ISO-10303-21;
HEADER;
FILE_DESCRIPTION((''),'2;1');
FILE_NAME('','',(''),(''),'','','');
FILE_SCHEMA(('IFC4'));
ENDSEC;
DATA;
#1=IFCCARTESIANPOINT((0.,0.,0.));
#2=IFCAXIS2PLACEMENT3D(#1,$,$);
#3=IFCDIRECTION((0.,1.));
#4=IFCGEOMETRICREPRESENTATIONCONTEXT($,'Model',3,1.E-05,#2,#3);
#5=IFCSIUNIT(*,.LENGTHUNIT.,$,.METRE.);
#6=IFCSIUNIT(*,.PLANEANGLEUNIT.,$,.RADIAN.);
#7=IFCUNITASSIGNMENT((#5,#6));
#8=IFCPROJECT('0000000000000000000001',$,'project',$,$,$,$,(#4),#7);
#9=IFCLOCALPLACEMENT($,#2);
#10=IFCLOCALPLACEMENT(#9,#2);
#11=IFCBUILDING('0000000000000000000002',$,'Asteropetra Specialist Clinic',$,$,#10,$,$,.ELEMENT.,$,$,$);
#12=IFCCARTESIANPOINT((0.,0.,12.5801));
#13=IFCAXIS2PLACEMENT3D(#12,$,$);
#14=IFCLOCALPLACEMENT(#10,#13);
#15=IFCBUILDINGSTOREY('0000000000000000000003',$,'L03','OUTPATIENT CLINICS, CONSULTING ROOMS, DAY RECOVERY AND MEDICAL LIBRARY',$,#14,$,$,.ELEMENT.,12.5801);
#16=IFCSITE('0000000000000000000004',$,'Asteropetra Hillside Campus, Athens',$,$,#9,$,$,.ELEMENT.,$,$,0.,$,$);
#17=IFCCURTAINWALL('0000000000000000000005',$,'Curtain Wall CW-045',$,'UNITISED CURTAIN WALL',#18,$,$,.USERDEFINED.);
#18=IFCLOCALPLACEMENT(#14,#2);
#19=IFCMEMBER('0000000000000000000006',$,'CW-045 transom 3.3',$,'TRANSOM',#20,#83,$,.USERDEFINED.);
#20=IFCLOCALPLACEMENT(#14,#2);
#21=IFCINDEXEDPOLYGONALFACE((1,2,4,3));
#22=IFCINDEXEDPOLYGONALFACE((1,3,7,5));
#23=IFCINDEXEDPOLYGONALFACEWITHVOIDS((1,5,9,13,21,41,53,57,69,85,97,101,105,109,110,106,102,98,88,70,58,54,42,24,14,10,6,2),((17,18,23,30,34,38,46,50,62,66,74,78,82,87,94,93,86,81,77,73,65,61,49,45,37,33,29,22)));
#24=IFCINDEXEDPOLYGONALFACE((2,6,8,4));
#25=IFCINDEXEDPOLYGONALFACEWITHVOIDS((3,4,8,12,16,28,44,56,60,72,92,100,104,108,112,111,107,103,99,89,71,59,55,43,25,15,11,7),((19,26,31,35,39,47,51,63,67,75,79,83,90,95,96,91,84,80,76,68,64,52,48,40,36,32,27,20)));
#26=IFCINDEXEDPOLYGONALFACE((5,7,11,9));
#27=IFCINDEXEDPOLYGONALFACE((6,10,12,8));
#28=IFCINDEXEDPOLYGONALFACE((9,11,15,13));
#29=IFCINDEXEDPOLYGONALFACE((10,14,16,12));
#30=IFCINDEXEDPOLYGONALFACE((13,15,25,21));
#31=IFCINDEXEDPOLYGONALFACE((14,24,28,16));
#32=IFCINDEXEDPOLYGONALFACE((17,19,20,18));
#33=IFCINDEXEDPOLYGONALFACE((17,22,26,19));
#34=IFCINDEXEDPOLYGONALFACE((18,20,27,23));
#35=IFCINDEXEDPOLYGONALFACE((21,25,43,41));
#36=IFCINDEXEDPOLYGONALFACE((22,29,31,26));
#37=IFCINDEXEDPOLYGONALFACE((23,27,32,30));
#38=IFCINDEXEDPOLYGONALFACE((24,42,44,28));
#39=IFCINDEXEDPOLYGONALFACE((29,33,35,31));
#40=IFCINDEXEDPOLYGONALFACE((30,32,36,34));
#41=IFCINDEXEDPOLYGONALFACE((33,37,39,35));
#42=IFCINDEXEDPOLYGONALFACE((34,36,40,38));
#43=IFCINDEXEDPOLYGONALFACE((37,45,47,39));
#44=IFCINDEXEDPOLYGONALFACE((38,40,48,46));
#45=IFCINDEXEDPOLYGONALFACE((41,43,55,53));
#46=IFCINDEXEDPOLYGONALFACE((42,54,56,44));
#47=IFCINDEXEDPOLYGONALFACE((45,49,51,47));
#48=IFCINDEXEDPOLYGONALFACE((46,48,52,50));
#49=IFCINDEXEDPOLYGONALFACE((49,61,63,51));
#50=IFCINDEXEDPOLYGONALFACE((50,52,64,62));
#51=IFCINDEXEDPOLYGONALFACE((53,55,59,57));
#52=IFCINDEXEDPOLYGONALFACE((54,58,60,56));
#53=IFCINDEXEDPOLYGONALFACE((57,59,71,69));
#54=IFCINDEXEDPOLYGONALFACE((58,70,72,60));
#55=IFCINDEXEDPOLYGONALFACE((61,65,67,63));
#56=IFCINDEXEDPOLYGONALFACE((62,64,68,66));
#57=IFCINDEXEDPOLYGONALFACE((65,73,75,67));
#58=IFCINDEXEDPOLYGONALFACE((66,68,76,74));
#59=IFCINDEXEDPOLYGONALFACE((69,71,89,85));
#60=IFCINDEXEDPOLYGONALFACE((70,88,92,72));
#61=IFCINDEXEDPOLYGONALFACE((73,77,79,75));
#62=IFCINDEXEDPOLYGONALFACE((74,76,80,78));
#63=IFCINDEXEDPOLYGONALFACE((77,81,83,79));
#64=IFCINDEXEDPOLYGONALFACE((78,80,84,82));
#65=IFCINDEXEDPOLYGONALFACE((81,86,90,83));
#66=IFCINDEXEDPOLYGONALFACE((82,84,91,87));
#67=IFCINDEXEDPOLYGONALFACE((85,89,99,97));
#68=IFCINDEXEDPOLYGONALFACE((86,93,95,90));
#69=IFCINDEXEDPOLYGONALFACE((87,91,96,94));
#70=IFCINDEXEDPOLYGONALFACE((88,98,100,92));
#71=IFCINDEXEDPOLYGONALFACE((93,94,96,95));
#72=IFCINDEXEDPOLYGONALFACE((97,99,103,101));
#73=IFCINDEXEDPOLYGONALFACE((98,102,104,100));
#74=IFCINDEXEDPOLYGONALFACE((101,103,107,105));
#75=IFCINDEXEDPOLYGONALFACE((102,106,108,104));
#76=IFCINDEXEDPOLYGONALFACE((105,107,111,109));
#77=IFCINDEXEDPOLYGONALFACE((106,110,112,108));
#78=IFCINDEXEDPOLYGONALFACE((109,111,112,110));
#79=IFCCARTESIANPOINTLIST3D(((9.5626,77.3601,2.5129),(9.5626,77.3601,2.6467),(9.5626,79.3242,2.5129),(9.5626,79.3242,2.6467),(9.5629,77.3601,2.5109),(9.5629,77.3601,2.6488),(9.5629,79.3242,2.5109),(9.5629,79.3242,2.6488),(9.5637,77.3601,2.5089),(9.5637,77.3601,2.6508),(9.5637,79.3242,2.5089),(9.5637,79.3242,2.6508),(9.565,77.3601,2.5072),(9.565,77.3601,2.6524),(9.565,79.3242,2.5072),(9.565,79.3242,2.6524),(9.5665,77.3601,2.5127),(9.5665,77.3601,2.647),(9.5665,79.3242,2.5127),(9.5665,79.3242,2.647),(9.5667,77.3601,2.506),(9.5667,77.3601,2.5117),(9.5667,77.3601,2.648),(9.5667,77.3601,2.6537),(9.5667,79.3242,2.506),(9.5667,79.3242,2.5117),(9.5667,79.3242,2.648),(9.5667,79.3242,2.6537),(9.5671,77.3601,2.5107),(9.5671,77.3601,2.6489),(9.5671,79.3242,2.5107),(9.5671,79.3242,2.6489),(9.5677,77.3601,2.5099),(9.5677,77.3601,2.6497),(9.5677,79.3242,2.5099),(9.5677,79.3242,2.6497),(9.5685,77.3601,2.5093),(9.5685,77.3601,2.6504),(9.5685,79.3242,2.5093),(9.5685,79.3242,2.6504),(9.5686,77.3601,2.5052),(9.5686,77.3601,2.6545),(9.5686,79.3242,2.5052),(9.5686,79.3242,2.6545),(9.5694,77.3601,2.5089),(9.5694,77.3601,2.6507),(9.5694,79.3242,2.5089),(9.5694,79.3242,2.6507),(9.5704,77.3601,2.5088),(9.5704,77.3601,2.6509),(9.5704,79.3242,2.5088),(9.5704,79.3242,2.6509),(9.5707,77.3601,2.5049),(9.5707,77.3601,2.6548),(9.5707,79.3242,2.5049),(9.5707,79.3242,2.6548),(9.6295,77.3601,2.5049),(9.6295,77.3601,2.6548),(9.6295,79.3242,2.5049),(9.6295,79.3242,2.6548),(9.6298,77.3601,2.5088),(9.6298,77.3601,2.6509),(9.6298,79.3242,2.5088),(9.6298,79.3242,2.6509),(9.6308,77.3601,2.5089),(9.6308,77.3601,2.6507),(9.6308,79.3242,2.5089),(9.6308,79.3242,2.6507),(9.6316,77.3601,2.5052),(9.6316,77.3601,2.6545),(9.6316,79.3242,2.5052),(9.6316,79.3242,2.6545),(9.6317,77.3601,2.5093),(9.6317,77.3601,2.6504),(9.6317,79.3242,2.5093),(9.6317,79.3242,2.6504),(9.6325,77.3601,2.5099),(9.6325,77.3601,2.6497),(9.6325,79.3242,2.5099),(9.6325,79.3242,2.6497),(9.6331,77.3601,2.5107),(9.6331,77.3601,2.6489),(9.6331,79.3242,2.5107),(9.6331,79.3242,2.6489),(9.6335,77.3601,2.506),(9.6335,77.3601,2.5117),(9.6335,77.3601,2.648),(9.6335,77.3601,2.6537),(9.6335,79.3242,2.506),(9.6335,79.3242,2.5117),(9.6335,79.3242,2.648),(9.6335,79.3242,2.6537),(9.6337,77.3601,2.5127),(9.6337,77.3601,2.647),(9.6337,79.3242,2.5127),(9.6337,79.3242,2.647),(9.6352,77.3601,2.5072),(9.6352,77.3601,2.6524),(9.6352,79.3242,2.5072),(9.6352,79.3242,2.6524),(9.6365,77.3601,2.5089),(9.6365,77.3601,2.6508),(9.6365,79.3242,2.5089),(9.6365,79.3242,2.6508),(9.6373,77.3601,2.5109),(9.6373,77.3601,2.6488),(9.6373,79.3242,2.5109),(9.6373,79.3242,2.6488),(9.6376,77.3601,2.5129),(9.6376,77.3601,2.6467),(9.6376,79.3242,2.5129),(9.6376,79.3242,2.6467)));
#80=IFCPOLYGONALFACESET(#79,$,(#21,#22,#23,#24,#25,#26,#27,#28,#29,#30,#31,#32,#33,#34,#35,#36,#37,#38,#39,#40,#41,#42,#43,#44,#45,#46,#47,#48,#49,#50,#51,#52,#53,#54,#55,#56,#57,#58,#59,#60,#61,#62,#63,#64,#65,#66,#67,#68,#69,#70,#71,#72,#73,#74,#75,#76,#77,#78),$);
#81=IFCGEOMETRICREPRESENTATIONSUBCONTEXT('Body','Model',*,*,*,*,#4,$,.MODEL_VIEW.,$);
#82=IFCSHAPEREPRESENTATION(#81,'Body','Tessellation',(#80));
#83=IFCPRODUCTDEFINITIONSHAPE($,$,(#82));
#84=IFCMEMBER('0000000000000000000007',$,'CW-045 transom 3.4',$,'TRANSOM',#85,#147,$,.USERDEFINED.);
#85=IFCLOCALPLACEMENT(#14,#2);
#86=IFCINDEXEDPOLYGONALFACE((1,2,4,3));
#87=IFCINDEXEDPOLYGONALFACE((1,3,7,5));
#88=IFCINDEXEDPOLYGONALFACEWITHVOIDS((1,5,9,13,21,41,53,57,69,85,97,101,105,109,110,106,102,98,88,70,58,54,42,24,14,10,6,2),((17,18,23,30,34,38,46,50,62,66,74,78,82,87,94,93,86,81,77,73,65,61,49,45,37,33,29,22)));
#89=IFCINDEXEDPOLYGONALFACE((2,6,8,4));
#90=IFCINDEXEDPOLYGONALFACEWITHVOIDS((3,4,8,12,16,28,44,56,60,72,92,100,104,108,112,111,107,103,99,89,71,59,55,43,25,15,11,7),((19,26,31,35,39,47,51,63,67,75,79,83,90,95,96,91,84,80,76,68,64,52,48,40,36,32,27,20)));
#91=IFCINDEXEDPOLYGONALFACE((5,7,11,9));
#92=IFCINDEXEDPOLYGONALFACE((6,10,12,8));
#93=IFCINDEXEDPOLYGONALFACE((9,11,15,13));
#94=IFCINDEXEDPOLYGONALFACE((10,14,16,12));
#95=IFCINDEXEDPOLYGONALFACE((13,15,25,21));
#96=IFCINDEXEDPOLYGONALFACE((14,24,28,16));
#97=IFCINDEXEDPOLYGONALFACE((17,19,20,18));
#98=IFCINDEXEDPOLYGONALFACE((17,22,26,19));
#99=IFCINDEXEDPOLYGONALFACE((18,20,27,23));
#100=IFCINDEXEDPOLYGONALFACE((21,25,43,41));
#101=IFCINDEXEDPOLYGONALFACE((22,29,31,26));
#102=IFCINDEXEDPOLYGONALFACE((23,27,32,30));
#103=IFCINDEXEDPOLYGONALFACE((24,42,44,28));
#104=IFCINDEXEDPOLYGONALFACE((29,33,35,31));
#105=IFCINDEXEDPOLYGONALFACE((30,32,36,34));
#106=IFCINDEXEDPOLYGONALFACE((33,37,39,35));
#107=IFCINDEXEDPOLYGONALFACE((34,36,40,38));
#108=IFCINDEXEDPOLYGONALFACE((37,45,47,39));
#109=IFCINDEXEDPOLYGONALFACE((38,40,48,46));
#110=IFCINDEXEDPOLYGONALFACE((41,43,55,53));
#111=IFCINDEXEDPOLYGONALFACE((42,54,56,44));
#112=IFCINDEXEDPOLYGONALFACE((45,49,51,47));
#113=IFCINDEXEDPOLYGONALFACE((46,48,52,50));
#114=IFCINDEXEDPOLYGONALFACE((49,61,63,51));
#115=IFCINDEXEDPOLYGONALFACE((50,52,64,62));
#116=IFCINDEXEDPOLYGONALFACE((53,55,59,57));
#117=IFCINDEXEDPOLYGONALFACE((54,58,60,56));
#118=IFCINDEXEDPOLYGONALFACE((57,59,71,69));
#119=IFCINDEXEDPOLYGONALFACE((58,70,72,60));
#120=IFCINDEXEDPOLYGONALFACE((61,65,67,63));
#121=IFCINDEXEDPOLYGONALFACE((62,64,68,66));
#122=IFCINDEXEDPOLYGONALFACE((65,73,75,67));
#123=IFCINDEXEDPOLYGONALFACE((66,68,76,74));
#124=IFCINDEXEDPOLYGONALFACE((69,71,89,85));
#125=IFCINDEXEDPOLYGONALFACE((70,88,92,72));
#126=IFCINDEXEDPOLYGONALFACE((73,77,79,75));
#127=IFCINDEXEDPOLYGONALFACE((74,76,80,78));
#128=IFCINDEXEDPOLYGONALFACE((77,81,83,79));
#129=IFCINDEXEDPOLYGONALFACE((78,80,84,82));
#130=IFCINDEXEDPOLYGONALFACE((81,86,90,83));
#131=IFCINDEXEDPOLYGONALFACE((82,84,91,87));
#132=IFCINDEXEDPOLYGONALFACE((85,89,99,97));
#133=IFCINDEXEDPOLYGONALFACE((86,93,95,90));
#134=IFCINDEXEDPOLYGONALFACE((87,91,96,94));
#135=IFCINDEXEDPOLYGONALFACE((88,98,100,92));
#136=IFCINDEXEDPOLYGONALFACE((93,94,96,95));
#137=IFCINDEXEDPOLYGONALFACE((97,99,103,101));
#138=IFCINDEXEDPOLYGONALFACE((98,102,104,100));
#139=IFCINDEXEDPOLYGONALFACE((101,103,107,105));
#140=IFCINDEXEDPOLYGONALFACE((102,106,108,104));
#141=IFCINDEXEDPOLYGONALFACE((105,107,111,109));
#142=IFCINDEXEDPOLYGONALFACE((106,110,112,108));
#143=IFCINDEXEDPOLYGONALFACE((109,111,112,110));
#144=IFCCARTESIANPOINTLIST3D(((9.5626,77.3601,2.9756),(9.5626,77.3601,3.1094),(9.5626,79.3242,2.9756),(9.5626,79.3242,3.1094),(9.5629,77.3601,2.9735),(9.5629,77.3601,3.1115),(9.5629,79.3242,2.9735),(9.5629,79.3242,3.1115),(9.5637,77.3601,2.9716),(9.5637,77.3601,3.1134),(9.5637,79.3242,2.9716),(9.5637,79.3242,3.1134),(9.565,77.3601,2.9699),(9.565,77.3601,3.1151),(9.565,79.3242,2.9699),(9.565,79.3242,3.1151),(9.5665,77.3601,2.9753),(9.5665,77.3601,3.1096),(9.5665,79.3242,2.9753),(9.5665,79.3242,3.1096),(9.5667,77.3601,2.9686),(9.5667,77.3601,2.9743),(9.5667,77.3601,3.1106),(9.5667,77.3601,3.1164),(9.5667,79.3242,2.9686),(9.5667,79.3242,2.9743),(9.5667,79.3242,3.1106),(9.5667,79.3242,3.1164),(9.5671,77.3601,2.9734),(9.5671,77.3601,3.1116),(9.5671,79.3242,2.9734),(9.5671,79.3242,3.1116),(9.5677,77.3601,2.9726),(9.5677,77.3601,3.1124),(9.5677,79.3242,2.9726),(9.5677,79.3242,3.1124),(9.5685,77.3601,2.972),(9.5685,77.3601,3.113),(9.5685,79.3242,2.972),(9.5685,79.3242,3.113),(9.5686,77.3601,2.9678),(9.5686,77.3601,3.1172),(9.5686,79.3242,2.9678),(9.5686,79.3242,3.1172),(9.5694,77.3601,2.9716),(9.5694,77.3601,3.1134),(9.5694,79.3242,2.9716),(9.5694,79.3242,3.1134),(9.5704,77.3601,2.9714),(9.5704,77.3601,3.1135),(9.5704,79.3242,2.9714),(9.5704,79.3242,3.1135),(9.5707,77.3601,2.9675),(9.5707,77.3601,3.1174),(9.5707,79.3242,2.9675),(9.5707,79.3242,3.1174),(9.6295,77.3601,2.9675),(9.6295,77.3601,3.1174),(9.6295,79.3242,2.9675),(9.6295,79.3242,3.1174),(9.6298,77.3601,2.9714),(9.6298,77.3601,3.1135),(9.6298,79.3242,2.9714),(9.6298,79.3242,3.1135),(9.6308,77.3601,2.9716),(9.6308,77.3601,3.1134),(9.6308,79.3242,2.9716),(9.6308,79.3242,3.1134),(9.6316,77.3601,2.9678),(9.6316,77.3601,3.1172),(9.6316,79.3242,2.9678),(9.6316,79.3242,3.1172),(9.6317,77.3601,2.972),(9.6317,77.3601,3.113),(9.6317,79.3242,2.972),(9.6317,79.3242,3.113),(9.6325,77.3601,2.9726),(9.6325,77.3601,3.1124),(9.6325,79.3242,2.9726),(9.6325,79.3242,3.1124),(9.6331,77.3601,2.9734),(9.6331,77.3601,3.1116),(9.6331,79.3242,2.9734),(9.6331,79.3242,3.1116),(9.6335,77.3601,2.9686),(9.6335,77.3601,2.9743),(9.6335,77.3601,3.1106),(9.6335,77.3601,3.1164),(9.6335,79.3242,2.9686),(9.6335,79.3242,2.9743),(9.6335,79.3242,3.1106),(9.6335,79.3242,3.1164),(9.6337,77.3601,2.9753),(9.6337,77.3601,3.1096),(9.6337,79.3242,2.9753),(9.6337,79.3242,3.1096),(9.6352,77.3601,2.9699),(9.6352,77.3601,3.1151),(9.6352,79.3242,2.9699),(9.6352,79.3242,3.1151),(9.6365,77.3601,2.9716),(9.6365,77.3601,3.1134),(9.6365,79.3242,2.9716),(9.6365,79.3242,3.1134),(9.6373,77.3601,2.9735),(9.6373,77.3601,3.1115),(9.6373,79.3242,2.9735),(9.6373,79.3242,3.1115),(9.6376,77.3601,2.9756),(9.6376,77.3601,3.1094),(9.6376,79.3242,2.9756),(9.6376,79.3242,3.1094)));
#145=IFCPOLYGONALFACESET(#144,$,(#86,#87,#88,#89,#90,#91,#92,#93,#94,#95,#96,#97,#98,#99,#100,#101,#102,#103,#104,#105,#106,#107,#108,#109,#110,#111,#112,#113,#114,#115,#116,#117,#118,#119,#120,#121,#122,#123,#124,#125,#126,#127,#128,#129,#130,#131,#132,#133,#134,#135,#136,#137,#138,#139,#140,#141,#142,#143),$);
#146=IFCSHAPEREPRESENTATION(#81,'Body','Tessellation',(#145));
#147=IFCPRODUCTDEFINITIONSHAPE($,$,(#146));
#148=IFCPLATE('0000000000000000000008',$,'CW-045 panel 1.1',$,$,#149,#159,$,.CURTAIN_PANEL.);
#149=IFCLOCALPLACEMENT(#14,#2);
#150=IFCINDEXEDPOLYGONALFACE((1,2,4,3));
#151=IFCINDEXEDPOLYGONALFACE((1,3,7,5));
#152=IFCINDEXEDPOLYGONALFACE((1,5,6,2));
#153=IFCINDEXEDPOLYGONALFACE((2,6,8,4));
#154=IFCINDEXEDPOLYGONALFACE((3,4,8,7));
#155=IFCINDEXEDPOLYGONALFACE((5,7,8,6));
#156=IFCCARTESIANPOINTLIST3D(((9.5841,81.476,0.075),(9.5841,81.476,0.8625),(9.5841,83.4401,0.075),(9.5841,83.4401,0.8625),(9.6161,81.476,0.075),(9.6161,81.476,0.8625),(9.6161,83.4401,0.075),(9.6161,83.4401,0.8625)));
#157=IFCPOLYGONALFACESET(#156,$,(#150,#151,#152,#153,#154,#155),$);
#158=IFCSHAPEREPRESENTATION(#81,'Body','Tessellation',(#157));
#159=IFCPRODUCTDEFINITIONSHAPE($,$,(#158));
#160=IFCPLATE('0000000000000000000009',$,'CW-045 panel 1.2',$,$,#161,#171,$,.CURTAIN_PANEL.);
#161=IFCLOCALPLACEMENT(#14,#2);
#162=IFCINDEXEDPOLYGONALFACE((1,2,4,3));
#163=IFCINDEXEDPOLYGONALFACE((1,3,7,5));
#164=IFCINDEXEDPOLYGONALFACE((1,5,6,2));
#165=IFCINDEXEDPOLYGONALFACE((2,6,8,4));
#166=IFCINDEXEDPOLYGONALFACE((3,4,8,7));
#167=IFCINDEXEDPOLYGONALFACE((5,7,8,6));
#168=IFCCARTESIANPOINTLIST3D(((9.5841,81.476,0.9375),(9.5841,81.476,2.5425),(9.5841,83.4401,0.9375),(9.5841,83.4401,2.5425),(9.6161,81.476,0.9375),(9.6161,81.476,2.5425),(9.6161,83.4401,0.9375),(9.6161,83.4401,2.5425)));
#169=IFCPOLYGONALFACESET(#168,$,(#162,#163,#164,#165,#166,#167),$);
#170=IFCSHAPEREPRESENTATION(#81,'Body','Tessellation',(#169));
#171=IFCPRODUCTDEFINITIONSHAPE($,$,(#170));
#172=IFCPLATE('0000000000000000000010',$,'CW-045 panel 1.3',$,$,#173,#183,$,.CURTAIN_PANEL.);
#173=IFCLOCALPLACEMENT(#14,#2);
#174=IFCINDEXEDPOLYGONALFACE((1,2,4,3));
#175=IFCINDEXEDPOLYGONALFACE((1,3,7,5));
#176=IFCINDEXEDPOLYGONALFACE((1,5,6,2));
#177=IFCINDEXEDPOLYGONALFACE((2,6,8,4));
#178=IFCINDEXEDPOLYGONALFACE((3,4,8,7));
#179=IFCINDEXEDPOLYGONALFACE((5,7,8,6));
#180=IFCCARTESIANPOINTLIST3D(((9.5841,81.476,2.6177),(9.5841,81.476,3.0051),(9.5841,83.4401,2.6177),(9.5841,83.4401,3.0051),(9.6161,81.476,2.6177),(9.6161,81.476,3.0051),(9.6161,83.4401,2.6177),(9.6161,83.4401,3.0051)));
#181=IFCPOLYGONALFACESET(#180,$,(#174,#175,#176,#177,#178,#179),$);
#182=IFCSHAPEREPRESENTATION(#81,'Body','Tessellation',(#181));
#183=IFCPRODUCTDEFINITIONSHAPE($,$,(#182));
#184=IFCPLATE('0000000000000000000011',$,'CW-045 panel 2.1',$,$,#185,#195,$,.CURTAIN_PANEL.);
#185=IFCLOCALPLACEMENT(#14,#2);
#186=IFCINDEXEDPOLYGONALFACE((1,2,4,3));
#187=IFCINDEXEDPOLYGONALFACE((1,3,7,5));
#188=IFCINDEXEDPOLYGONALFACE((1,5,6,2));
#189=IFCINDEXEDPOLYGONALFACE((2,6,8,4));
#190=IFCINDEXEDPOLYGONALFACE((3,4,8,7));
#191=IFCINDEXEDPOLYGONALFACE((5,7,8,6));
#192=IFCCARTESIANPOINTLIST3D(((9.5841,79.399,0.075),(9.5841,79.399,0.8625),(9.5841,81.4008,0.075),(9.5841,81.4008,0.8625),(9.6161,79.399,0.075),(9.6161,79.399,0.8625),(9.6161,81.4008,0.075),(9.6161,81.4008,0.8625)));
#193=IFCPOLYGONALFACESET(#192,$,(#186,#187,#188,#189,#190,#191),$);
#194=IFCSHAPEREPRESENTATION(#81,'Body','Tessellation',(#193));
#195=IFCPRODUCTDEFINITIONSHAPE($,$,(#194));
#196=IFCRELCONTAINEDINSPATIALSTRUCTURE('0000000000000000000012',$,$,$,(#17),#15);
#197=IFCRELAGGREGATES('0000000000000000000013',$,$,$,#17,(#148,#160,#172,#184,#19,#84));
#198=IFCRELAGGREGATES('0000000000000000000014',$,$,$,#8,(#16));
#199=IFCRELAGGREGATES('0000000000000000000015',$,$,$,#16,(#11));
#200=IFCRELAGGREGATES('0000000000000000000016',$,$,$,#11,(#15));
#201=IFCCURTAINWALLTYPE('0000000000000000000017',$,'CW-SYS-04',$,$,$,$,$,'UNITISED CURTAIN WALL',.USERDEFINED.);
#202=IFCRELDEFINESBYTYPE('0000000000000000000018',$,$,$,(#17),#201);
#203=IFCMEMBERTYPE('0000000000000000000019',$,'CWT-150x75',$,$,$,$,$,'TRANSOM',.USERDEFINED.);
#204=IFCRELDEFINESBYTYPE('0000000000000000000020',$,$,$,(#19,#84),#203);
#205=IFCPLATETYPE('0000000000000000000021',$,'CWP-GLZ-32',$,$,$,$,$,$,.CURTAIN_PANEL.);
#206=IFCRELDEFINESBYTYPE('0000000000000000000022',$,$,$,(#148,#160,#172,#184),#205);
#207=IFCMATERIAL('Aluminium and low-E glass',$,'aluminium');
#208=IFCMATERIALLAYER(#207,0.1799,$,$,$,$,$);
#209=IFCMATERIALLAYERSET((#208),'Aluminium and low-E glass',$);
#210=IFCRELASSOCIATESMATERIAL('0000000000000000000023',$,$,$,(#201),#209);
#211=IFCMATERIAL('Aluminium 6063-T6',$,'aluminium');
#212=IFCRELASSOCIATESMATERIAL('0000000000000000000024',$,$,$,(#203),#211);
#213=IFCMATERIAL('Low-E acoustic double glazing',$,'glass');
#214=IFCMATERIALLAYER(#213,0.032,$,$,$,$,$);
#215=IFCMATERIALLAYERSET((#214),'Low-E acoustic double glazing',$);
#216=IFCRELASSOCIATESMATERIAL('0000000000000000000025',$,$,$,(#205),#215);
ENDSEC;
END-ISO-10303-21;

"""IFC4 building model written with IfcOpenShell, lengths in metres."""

from ifc_helpers import new_model, si_unit, direction, frame, origin, origin_2d, place, context, subcontext, project, spatial, rectangle, hollow_rectangle, extrude, material, layer, layer_set, material_profile, profile_set, type_object, element, aggregate, save


model = new_model("IFC4")

# Units and contexts
model_context = context("Model", 3, precision=1e-05, world=origin(), true_north=direction((0.0, 1.0)))
body_context = subcontext(model_context, "Body", "Model", "MODEL_VIEW")
ifc_project = project(units=[si_unit("LENGTHUNIT", "METRE"), si_unit("PLANEANGLEUNIT", "RADIAN")], contexts=[model_context])

# Site, building, storey
site_placement = place(None, origin())
site = spatial("IfcSite", under=ifc_project, at=site_placement, Name="Asteropetra Hillside Campus, Athens", CompositionType="ELEMENT", RefElevation=0.0)
building_placement = place(site_placement, origin())
building = spatial("IfcBuilding", under=site, at=building_placement, Name="Asteropetra Specialist Clinic", CompositionType="ELEMENT")
storey_placement = place(building_placement, frame((0.0, 0.0, 12.5801)))
storey = spatial("IfcBuildingStorey", under=building, at=storey_placement, Name="L03", Description="OUTPATIENT CLINICS, CONSULTING ROOMS, DAY RECOVERY AND MEDICAL LIBRARY", CompositionType="ELEMENT", Elevation=12.5801)

# Curtain wall, members, plates
ifc_material_1 = material(Name="Aluminium and low-E glass", Category="aluminium")
ifc_layer_1 = layer(ifc_material_1, 0.1799)
ifc_layer_set_1 = layer_set([ifc_layer_1], Name="Aluminium and low-E glass")
curtain_wall_type = type_object("IfcCurtainWallType", Name="CW-SYS-04", ElementType="UNITISED CURTAIN WALL", PredefinedType="USERDEFINED", material=ifc_layer_set_1)
curtain_wall_placement = place(storey_placement, origin())
curtain_wall = element("IfcCurtainWall", 1, at=curtain_wall_placement, inside=storey, type_object=curtain_wall_type, Name="Curtain Wall CW-045", ObjectType="UNITISED CURTAIN WALL", PredefinedType="USERDEFINED")
ifc_material_2 = material(Name="Aluminium 6063-T6", Category="aluminium")
ifc_material_profile_1 = material_profile(ifc_material_2, hollow_rectangle(XDim=0.075, YDim=0.1499, WallThickness=0.0039, InnerFilletRadius=0.0039, OuterFilletRadius=0.0081, at=origin_2d()), Name="TRN 150x75x4.0")
ifc_profile_set_1 = profile_set([ifc_material_profile_1], Name="Aluminium 6063-T6")
member_type_1 = type_object("IfcMemberType", Name="CWT-150x75", ElementType="TRANSOM", PredefinedType="USERDEFINED", material=ifc_profile_set_1)
member_1_placement = place(storey_placement, frame((9.6001, 79.3242, 2.5798), z_axis=(0.0, -1.0, 0.0), x_axis=(1.0, 0.0, 0.0)))
member_1 = element("IfcMember", 2, at=member_1_placement, type_object=member_type_1, Name="CW-045 transom 3.3", ObjectType="TRANSOM", PredefinedType="USERDEFINED", context=body_context, shape_type="SweptSolid", body=[
    extrude(hollow_rectangle(XDim=0.075, YDim=0.1499, WallThickness=0.0039, InnerFilletRadius=0.0039, OuterFilletRadius=0.0081, at=origin_2d()), origin(), (0.0, 0.0, 1.0), 1.9641),
])
member_2_placement = place(storey_placement, frame((9.6001, 79.3242, 3.0425), z_axis=(0.0, -1.0, 0.0), x_axis=(1.0, 0.0, 0.0)))
member_2 = element("IfcMember", 3, at=member_2_placement, type_object=member_type_1, Name="CW-045 transom 3.4", ObjectType="TRANSOM", PredefinedType="USERDEFINED", context=body_context, shape_type="SweptSolid", body=[
    extrude(hollow_rectangle(XDim=0.075, YDim=0.1499, WallThickness=0.0039, InnerFilletRadius=0.0039, OuterFilletRadius=0.0081, at=origin_2d()), origin(), (0.0, 0.0, 1.0), 1.9641),
])
ifc_material_3 = material(Name="Low-E acoustic double glazing", Category="glass")
ifc_layer_2 = layer(ifc_material_3, 0.032)
ifc_layer_set_2 = layer_set([ifc_layer_2], Name="Low-E acoustic double glazing")
plate_type = type_object("IfcPlateType", Name="CWP-GLZ-32", PredefinedType="CURTAIN_PANEL", material=ifc_layer_set_2)
plate_1_placement = place(storey_placement, frame((9.6001, 82.458, 0.075), z_axis=(0.0, 0.0, 1.0), x_axis=(0.0, -1.0, 0.0)))
plate_1 = element("IfcPlate", 4, at=plate_1_placement, type_object=plate_type, Name="CW-045 panel 1.1", PredefinedType="CURTAIN_PANEL", context=body_context, shape_type="SweptSolid", body=[
    extrude(rectangle(XDim=1.9641, YDim=0.032, at=origin_2d()), origin(), (0.0, 0.0, 1.0), 0.7876),
])
plate_2_placement = place(storey_placement, frame((9.6001, 82.458, 0.9375), z_axis=(0.0, 0.0, 1.0), x_axis=(0.0, -1.0, 0.0)))
plate_2 = element("IfcPlate", 5, at=plate_2_placement, type_object=plate_type, Name="CW-045 panel 1.2", PredefinedType="CURTAIN_PANEL", context=body_context, shape_type="SweptSolid", body=[
    extrude(rectangle(XDim=1.9641, YDim=0.032, at=origin_2d()), origin(), (0.0, 0.0, 1.0), 1.605),
])
plate_3_placement = place(storey_placement, frame((9.6001, 82.458, 2.6177), z_axis=(0.0, 0.0, 1.0), x_axis=(0.0, -1.0, 0.0)))
plate_3 = element("IfcPlate", 6, at=plate_3_placement, type_object=plate_type, Name="CW-045 panel 1.3", PredefinedType="CURTAIN_PANEL", context=body_context, shape_type="SweptSolid", body=[
    extrude(rectangle(XDim=1.9641, YDim=0.032, at=origin_2d()), origin(), (0.0, 0.0, 1.0), 0.3875),
])
plate_4_placement = place(storey_placement, frame((9.6001, 80.3999, 0.075), z_axis=(0.0, 0.0, 1.0), x_axis=(0.0, -1.0, 0.0)))
plate_4 = element("IfcPlate", 7, at=plate_4_placement, type_object=plate_type, Name="CW-045 panel 2.1", PredefinedType="CURTAIN_PANEL", context=body_context, shape_type="SweptSolid", body=[
    extrude(rectangle(XDim=2.0017, YDim=0.032, at=origin_2d()), origin(), (0.0, 0.0, 1.0), 0.7876),
])
aggregate(curtain_wall, [plate_1, plate_2, plate_3, plate_4, member_1, member_2])

save(model, "model.ifc")
